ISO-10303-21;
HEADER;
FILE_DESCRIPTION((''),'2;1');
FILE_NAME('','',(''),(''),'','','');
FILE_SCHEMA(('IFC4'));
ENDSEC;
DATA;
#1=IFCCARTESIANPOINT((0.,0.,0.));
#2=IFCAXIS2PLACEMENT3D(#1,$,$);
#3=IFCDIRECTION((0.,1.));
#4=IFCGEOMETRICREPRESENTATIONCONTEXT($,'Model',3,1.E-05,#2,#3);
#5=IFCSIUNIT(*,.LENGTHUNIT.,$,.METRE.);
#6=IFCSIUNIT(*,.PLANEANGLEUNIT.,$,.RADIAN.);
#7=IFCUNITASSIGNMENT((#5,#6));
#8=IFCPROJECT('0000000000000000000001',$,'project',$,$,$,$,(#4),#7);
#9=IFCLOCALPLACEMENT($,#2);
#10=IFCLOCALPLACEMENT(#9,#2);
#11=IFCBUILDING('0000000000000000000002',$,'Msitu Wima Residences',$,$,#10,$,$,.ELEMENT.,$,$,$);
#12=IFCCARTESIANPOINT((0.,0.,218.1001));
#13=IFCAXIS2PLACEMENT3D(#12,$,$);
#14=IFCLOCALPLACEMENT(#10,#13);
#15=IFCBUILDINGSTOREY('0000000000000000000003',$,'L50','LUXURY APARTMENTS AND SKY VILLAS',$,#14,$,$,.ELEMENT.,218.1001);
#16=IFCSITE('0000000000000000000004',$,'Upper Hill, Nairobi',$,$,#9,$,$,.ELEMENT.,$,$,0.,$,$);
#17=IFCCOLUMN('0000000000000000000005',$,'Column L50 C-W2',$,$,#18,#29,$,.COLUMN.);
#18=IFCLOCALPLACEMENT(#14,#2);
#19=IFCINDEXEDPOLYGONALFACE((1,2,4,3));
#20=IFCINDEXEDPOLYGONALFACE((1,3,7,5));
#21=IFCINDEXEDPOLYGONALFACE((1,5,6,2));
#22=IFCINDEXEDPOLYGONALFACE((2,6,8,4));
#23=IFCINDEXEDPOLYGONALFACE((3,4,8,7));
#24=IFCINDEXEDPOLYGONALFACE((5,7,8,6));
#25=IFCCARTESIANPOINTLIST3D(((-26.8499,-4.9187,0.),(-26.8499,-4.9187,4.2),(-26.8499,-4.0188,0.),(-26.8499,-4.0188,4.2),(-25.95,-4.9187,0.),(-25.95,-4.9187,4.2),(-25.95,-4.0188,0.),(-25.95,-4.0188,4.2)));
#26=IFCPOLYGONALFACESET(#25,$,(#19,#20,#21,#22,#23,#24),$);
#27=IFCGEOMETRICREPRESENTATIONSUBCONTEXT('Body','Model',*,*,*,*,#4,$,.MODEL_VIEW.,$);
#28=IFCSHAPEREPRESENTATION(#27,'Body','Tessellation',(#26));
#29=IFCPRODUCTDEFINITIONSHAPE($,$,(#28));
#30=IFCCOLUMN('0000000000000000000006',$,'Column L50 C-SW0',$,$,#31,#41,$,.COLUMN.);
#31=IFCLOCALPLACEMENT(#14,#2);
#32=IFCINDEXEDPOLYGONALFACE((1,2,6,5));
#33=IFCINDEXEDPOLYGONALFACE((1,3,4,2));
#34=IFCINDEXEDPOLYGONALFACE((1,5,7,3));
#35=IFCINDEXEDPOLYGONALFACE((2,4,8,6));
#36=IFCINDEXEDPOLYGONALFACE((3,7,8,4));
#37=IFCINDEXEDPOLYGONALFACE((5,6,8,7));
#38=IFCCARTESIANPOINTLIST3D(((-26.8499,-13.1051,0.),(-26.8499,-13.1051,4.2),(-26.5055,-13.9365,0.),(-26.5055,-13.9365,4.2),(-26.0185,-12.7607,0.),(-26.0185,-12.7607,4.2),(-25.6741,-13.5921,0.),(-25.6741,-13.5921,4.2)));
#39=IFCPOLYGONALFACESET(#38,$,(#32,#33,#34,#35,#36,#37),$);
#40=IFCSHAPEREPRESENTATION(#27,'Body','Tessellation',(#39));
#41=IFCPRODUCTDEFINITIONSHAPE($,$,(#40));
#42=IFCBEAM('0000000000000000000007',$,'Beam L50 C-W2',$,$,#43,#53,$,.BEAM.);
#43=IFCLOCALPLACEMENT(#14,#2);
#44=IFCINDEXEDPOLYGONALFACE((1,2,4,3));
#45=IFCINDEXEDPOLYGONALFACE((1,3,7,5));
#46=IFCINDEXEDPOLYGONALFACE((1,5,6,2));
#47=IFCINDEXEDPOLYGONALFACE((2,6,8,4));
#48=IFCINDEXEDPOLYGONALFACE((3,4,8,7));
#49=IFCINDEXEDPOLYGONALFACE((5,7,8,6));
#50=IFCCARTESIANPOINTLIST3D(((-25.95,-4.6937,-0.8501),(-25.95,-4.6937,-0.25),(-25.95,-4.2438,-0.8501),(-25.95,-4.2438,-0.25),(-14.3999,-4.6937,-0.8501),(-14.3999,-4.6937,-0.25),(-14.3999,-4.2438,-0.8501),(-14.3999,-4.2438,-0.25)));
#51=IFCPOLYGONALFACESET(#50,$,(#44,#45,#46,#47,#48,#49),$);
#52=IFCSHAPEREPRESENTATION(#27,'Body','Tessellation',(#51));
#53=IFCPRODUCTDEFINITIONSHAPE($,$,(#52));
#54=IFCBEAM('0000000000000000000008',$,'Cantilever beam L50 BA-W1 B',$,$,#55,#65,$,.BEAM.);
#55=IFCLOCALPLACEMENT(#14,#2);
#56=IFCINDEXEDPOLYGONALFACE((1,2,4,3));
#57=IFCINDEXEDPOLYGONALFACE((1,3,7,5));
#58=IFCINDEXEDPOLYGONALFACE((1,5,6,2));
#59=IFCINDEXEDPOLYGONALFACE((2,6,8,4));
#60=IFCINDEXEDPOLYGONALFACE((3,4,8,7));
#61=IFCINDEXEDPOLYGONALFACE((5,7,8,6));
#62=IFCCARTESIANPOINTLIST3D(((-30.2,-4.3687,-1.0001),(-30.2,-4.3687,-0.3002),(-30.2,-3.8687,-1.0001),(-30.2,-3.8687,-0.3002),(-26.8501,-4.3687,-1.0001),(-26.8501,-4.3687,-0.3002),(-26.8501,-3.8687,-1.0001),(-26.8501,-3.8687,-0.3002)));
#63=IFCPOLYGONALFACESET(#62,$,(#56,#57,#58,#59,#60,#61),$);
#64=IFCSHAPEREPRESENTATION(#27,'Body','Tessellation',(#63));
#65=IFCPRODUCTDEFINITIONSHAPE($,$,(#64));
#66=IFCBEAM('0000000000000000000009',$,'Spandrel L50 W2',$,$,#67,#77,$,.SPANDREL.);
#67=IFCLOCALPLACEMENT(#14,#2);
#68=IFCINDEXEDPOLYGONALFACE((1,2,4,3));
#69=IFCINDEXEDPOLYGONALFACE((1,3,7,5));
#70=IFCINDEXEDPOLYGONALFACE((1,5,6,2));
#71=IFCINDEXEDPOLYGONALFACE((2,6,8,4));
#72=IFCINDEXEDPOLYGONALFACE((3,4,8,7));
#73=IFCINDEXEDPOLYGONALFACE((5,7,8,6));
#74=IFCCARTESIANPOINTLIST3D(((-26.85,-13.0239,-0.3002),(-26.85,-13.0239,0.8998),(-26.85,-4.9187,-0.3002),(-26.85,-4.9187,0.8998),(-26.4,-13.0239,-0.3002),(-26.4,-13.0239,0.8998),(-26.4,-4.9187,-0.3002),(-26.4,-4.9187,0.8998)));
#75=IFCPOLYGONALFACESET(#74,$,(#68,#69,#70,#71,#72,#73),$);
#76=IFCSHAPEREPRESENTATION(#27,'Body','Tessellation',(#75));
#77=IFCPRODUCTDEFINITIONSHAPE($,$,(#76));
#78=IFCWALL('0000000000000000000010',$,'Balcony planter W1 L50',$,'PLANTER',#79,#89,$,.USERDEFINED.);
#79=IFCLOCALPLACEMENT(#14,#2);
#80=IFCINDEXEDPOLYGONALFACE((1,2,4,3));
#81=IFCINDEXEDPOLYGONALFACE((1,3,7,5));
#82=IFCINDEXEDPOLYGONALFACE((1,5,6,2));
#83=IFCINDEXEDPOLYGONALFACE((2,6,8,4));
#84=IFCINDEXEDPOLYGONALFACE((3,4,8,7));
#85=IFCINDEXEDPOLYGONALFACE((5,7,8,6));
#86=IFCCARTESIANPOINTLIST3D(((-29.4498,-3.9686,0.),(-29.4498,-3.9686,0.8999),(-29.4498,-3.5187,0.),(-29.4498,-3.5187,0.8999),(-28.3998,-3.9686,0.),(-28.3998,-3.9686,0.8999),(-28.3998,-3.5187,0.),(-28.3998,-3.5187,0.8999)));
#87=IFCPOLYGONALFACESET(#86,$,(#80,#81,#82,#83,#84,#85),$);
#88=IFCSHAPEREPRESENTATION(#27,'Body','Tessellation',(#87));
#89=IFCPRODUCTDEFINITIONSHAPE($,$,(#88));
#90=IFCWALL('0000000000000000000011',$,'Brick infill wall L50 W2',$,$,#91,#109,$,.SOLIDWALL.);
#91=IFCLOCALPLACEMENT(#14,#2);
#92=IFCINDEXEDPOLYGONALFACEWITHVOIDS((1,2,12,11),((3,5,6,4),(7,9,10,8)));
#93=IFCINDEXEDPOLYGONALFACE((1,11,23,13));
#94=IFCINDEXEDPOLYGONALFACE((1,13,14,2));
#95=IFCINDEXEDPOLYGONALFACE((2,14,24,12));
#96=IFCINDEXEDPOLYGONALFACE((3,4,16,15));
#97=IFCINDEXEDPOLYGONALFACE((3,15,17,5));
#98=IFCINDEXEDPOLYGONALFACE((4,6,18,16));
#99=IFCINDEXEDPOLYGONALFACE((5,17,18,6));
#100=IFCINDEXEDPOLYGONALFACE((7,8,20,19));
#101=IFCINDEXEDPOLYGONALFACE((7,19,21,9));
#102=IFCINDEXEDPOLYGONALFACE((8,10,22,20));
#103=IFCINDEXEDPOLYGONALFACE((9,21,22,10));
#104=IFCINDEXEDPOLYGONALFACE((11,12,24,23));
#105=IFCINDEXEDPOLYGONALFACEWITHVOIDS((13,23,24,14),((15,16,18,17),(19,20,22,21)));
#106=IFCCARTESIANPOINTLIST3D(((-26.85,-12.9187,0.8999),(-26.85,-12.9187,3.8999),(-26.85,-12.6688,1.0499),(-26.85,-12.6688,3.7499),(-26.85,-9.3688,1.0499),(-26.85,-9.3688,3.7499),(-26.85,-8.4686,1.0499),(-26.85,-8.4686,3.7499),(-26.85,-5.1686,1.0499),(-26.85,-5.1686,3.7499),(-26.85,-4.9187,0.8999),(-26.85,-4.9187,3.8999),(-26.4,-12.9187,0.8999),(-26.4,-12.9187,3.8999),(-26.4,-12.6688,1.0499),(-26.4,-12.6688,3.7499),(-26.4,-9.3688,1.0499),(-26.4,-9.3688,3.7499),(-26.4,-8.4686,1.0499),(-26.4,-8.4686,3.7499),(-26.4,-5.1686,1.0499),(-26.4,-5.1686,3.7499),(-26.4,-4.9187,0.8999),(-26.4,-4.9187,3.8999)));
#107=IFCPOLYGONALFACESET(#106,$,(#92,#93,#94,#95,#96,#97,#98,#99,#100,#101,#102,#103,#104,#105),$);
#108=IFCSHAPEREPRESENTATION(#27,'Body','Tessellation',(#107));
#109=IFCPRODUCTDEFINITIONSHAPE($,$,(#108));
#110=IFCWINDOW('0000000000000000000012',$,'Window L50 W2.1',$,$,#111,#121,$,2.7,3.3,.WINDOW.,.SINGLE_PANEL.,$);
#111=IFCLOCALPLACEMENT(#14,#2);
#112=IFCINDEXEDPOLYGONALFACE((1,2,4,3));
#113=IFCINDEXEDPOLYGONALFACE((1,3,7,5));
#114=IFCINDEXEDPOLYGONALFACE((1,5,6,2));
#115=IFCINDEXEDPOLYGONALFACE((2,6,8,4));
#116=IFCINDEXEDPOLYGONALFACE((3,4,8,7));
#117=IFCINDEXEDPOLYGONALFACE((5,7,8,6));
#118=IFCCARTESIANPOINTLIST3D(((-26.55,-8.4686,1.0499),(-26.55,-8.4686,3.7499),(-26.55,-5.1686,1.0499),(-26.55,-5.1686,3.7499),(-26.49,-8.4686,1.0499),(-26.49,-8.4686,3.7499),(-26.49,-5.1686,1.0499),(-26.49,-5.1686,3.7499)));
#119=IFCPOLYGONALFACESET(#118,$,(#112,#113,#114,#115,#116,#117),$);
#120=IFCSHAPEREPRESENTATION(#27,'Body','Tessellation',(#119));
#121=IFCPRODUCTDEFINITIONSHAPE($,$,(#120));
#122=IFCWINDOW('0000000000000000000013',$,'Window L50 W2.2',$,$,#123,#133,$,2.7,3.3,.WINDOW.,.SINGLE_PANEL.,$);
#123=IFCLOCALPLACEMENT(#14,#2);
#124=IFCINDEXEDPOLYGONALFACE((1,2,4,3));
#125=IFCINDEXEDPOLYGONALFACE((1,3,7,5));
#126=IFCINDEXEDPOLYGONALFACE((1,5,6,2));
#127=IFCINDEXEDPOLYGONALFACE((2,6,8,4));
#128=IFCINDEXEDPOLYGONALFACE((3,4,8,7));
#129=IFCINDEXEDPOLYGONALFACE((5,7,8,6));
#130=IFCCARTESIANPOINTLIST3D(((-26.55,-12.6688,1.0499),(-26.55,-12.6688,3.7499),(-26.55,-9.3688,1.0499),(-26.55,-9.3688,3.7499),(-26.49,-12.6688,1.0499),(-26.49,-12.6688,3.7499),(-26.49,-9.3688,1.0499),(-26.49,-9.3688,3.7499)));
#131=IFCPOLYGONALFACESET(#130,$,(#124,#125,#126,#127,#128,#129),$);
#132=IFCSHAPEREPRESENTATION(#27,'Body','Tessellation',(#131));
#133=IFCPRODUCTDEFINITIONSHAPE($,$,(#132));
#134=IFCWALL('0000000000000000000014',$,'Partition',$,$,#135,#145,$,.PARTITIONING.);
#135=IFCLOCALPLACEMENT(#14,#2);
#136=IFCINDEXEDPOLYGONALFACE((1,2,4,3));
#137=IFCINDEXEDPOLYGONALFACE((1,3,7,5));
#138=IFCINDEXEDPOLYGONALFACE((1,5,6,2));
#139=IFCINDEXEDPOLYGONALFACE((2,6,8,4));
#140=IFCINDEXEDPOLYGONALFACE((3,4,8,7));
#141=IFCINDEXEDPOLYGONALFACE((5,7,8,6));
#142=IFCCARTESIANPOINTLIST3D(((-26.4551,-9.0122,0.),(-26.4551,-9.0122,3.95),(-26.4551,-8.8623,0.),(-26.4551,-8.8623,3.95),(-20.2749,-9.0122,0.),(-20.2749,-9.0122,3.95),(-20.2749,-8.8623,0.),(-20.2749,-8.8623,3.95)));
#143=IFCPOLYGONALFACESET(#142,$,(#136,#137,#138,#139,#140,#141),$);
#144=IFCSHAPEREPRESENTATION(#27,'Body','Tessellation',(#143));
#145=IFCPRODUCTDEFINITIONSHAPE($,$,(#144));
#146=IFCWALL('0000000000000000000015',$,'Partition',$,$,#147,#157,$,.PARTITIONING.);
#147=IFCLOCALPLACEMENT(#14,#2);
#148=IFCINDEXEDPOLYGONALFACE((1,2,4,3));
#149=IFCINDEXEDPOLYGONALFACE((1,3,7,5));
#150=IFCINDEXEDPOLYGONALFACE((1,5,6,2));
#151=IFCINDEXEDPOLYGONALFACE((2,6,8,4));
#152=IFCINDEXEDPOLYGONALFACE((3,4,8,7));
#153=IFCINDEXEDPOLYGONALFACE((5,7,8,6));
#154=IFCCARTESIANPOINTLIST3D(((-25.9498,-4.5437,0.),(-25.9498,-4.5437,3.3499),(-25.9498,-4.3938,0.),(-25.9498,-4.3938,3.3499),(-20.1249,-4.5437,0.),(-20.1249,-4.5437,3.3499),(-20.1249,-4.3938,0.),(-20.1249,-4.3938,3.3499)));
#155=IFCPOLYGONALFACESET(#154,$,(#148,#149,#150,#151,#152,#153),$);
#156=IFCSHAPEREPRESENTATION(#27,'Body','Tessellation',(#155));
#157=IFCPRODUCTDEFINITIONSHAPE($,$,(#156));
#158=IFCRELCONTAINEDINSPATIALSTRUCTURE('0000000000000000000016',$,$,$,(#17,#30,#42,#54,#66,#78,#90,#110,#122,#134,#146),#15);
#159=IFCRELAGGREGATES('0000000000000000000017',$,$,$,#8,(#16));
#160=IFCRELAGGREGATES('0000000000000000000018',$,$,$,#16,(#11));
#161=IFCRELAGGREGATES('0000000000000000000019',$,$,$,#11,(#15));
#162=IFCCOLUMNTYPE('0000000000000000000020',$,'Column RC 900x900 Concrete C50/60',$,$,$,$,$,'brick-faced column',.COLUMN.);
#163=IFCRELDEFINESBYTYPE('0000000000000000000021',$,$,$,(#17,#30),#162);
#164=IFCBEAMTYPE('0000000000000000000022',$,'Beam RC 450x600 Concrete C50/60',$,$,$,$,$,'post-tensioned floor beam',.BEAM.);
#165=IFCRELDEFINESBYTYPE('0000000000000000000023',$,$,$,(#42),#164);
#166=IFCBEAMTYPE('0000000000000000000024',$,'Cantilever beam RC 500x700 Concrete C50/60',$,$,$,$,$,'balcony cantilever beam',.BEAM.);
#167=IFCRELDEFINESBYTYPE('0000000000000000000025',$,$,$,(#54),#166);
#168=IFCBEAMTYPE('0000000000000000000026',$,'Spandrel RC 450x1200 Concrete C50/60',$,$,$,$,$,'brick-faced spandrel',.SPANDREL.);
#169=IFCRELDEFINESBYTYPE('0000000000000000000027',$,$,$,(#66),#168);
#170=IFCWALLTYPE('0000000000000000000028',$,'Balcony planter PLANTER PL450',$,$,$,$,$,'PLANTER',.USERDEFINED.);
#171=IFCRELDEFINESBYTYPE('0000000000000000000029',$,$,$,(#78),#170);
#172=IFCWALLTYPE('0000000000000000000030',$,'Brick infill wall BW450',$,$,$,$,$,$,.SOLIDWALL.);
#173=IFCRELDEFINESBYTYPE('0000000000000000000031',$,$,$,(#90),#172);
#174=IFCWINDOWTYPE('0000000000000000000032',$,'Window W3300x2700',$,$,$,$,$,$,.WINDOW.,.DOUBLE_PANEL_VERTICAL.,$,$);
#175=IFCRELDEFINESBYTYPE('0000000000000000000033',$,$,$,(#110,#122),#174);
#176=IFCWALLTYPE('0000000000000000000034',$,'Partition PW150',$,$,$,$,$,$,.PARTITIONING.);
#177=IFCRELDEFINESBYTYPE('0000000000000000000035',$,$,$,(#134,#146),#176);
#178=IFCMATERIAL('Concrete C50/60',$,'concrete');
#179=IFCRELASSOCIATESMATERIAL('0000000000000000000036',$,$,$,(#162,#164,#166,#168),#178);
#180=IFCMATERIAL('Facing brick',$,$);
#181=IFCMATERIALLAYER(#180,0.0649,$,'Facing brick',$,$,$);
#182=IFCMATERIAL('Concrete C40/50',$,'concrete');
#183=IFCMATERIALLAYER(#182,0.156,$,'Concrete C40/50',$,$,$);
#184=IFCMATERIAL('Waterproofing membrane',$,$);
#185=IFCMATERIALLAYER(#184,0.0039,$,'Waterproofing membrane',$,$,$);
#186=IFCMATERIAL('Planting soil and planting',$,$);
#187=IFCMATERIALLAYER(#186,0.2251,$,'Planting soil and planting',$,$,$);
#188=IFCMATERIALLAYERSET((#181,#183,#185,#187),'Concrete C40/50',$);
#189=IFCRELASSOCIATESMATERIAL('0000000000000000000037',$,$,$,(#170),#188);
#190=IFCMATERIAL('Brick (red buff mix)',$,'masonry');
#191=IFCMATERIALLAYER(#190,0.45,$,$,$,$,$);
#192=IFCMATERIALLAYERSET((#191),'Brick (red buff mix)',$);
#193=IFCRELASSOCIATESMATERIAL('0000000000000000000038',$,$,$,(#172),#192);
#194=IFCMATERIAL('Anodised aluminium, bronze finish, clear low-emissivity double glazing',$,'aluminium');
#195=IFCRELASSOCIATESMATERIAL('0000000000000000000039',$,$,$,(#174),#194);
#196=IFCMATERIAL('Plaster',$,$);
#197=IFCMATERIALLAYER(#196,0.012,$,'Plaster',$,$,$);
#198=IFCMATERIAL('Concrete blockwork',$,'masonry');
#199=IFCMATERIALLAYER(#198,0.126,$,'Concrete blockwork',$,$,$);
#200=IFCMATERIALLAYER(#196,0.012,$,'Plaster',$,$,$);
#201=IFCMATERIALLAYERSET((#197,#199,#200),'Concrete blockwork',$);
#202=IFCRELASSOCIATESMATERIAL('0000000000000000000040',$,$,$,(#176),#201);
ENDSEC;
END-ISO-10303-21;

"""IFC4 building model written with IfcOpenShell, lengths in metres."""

from ifc_helpers import new_model, si_unit, direction, frame, frame_2d, origin, origin_2d, place, context, subcontext, project, spatial, rectangle, extrude, material, layer, layer_set, material_profile, profile_set, type_object, element, fill, save


model = new_model("IFC4")

# Units and contexts
model_context = context("Model", 3, precision=1e-05, world=origin(), true_north=direction((0.0, 1.0)))
body_context = subcontext(model_context, "Body", "Model", "MODEL_VIEW")
ifc_project = project(units=[si_unit("LENGTHUNIT", "METRE"), si_unit("PLANEANGLEUNIT", "RADIAN")], contexts=[model_context])

# Site, building, storey
site_placement = place(None, origin())
site = spatial("IfcSite", under=ifc_project, at=site_placement, Name="Upper Hill, Nairobi", CompositionType="ELEMENT", RefElevation=0.0)
building_placement = place(site_placement, origin())
building = spatial("IfcBuilding", under=site, at=building_placement, Name="Msitu Wima Residences", CompositionType="ELEMENT")
storey_placement = place(building_placement, frame((0.0, 0.0, 218.1001)))
storey = spatial("IfcBuildingStorey", under=building, at=storey_placement, Name="L50", Description="LUXURY APARTMENTS AND SKY VILLAS", CompositionType="ELEMENT", Elevation=218.1001)

# Columns
ifc_material_1 = material(Name="Concrete C50/60", Category="concrete")
ifc_material_profile_1 = material_profile(ifc_material_1, rectangle(XDim=0.8999, YDim=0.8999, at=origin_2d()), Name="RC 900x900")
ifc_profile_set_1 = profile_set([ifc_material_profile_1], Name="Concrete C50/60")
column_type = type_object("IfcColumnType", Name="Column RC 900x900 Concrete C50/60", ElementType="brick-faced column", PredefinedType="COLUMN", material=ifc_profile_set_1)
for number, where, z_axis, x_axis, name in (
    (1, (-26.3999, -4.4688, 0.0), (0.0, 0.0, 1.0), (0.0, -1.0, 0.0), "Column L50 C-W2"),
    (2, (-26.262, -13.3486, 0.0), (0.0, 0.0, 1.0), (0.382683, -0.92388, 0.0), "Column L50 C-SW0"),
):
    element("IfcColumn", number, at=place(storey_placement, frame(where, z_axis=z_axis, x_axis=x_axis)), inside=storey, type_object=column_type, Name=name, PredefinedType="COLUMN", context=body_context, shape_type="SweptSolid", body=[
        extrude(rectangle(XDim=0.8999, YDim=0.8999, at=origin_2d()), origin(), (0.0, 0.0, 1.0), 4.2),
    ])

# Beams
ifc_material_profile_2 = material_profile(ifc_material_1, rectangle(XDim=0.45, YDim=0.6001, at=origin_2d()), Name="RC 450x600")
ifc_profile_set_2 = profile_set([ifc_material_profile_2], Name="Concrete C50/60")
beam_type_1 = type_object("IfcBeamType", Name="Beam RC 450x600 Concrete C50/60", ElementType="post-tensioned floor beam", PredefinedType="BEAM", material=ifc_profile_set_2)
beam_1_placement = place(storey_placement, frame((-25.95, -4.4688, -0.55), z_axis=(1.0, 0.0, 0.0), x_axis=(0.0, 1.0, 0.0)))
element("IfcBeam", 3, at=beam_1_placement, inside=storey, type_object=beam_type_1, Name="Beam L50 C-W2", PredefinedType="BEAM", context=body_context, shape_type="SweptSolid", body=[
    extrude(rectangle(XDim=0.45, YDim=0.6001, at=origin_2d()), origin(), (0.0, 0.0, 1.0), 11.55),
])
ifc_material_profile_3 = material_profile(ifc_material_1, rectangle(XDim=0.5, YDim=0.7, at=origin_2d()), Name="RC 500x700")
ifc_profile_set_3 = profile_set([ifc_material_profile_3], Name="Concrete C50/60")
beam_type_2 = type_object("IfcBeamType", Name="Cantilever beam RC 500x700 Concrete C50/60", ElementType="balcony cantilever beam", PredefinedType="BEAM", material=ifc_profile_set_3)
beam_2_placement = place(storey_placement, frame((-26.8501, -4.1187, -0.6501), z_axis=(-1.0, 0.0, 0.0), x_axis=(0.0, -1.0, 0.0)))
element("IfcBeam", 4, at=beam_2_placement, inside=storey, type_object=beam_type_2, Name="Cantilever beam L50 BA-W1 B", PredefinedType="BEAM", context=body_context, shape_type="SweptSolid", body=[
    extrude(rectangle(XDim=0.5, YDim=0.7, at=origin_2d()), origin(), (0.0, 0.0, 1.0), 3.3499),
])
ifc_material_profile_4 = material_profile(ifc_material_1, rectangle(XDim=0.45, YDim=1.2, at=origin_2d()), Name="RC 450x1200")
ifc_profile_set_4 = profile_set([ifc_material_profile_4], Name="Concrete C50/60")
beam_type_3 = type_object("IfcBeamType", Name="Spandrel RC 450x1200 Concrete C50/60", ElementType="brick-faced spandrel", PredefinedType="SPANDREL", material=ifc_profile_set_4)
beam_3_placement = place(storey_placement, frame((-26.625, -4.9187, 0.2998), z_axis=(0.0, -1.0, 0.0), x_axis=(1.0, 0.0, 0.0)))
element("IfcBeam", 5, at=beam_3_placement, inside=storey, type_object=beam_type_3, Name="Spandrel L50 W2", PredefinedType="SPANDREL", context=body_context, shape_type="SweptSolid", body=[
    extrude(rectangle(XDim=0.45, YDim=1.2, at=origin_2d()), origin(), (0.0, 0.0, 1.0), 8.1052),
])

# Wall
ifc_material_2 = material(Name="Facing brick")
ifc_layer_1 = layer(ifc_material_2, 0.0649, Name="Facing brick")
ifc_material_3 = material(Name="Concrete C40/50", Category="concrete")
ifc_layer_2 = layer(ifc_material_3, 0.156, Name="Concrete C40/50")
ifc_material_4 = material(Name="Waterproofing membrane")
ifc_layer_3 = layer(ifc_material_4, 0.0039, Name="Waterproofing membrane")
ifc_material_5 = material(Name="Planting soil and planting")
ifc_layer_4 = layer(ifc_material_5, 0.2251, Name="Planting soil and planting")
ifc_layer_set_1 = layer_set([ifc_layer_1, ifc_layer_2, ifc_layer_3, ifc_layer_4], Name="Concrete C40/50")
wall_type_1 = type_object("IfcWallType", Name="Balcony planter PLANTER PL450", ElementType="PLANTER", PredefinedType="USERDEFINED", material=ifc_layer_set_1)
wall_1_placement = place(storey_placement, frame((-28.3999, -3.7437, 0.0), z_axis=(0.0, 0.0, 1.0), x_axis=(-1.0, 0.0, 0.0)))
element("IfcWall", 6, at=wall_1_placement, inside=storey, type_object=wall_type_1, Name="Balcony planter W1 L50", ObjectType="PLANTER", PredefinedType="USERDEFINED", context=body_context, shape_type="SweptSolid", body=[
    extrude(rectangle(XDim=1.05, YDim=0.45, at=frame_2d((0.5249, 0.0))), origin(), (0.0, 0.0, 1.0), 0.8999),
])

# Wall, openings, windows
ifc_material_6 = material(Name="Brick (red buff mix)", Category="masonry")
ifc_layer_5 = layer(ifc_material_6, 0.45)
ifc_layer_set_2 = layer_set([ifc_layer_5], Name="Brick (red buff mix)")
wall_type_2 = type_object("IfcWallType", Name="Brick infill wall BW450", PredefinedType="SOLIDWALL", material=ifc_layer_set_2)
wall_2_placement = place(storey_placement, frame((-26.625, -4.9187, 0.8999), z_axis=(0.0, 0.0, 1.0), x_axis=(0.0, -1.0, 0.0)))
wall_2 = element("IfcWall", 7, at=wall_2_placement, inside=storey, type_object=wall_type_2, Name="Brick infill wall L50 W2", PredefinedType="SOLIDWALL", context=body_context, shape_type="SweptSolid", body=[
    extrude(rectangle(XDim=8.0, YDim=0.45, at=frame_2d((4.0, 0.0))), origin(), (0.0, 0.0, 1.0), 3.0),
])
opening_1_placement = place(wall_2_placement, frame((0.25, 0.0, 0.1499)))
opening_1 = element("IfcOpeningElement", 8, at=opening_1_placement, cuts=wall_2, PredefinedType="OPENING", context=body_context, shape_type="SweptSolid", body=[
    extrude(rectangle(XDim=3.3, YDim=2.7, at=frame_2d((1.6499, 1.3501))), frame((0.0, 0.2349, 0.0), z_axis=(0.0, -1.0, 0.0), x_axis=(1.0, 0.0, 0.0)), (0.0, 0.0, 1.0), 0.47),
])
opening_2_placement = place(wall_2_placement, frame((4.4502, 0.0, 0.1499)))
opening_2 = element("IfcOpeningElement", 9, at=opening_2_placement, cuts=wall_2, PredefinedType="OPENING", context=body_context, shape_type="SweptSolid", body=[
    extrude(rectangle(XDim=3.3, YDim=2.7, at=frame_2d((1.6499, 1.3501))), frame((0.0, 0.2349, 0.0), z_axis=(0.0, -1.0, 0.0), x_axis=(1.0, 0.0, 0.0)), (0.0, 0.0, 1.0), 0.47),
])
ifc_material_7 = material(Name="Anodised aluminium, bronze finish, clear low-emissivity double glazing", Category="aluminium")
window_type = type_object("IfcWindowType", Name="Window W3300x2700", PartitioningType="DOUBLE_PANEL_VERTICAL", PredefinedType="WINDOW", material=ifc_material_7)
window_1_placement = place(opening_1_placement, origin())
window_1 = element("IfcWindow", 10, at=window_1_placement, inside=storey, type_object=window_type, Name="Window L50 W2.1", OverallHeight=2.7, OverallWidth=3.3, PartitioningType="SINGLE_PANEL", PredefinedType="WINDOW", context=body_context, shape_type="SweptSolid", body=[
    extrude(rectangle(XDim=3.3, YDim=2.7, at=frame_2d((1.6499, 1.3501))), frame((0.0, 0.135, 0.0), z_axis=(0.0, -1.0, 0.0), x_axis=(1.0, 0.0, 0.0)), (0.0, 0.0, 1.0), 0.0601),
])
fill(opening_1, window_1)
window_2_placement = place(opening_2_placement, origin())
window_2 = element("IfcWindow", 11, at=window_2_placement, inside=storey, type_object=window_type, Name="Window L50 W2.2", OverallHeight=2.7, OverallWidth=3.3, PartitioningType="SINGLE_PANEL", PredefinedType="WINDOW", context=body_context, shape_type="SweptSolid", body=[
    extrude(rectangle(XDim=3.3, YDim=2.7, at=frame_2d((1.6499, 1.3501))), frame((0.0, 0.135, 0.0), z_axis=(0.0, -1.0, 0.0), x_axis=(1.0, 0.0, 0.0)), (0.0, 0.0, 1.0), 0.0601),
])
fill(opening_2, window_2)

# Walls
ifc_material_8 = material(Name="Plaster")
ifc_layer_6 = layer(ifc_material_8, 0.012, Name="Plaster")
ifc_material_9 = material(Name="Concrete blockwork", Category="masonry")
ifc_layer_7 = layer(ifc_material_9, 0.126, Name="Concrete blockwork")
ifc_layer_8 = layer(ifc_material_8, 0.012, Name="Plaster")
ifc_layer_set_3 = layer_set([ifc_layer_6, ifc_layer_7, ifc_layer_8], Name="Concrete blockwork")
wall_type_3 = type_object("IfcWallType", Name="Partition PW150", PredefinedType="PARTITIONING", material=ifc_layer_set_3)
wall_3_placement = place(storey_placement, frame((-26.4551, -8.9373, 0.0), z_axis=(0.0, 0.0, 1.0), x_axis=(1.0, 0.0, 0.0)))
element("IfcWall", 12, at=wall_3_placement, inside=storey, type_object=wall_type_3, Name="Partition", PredefinedType="PARTITIONING", context=body_context, shape_type="SweptSolid", body=[
    extrude(rectangle(XDim=6.1802, YDim=0.1499, at=frame_2d((3.0901, 0.0))), origin(), (0.0, 0.0, 1.0), 3.95),
])
wall_4_placement = place(storey_placement, frame((-25.95, -4.4688, 0.0), z_axis=(0.0, 0.0, 1.0), x_axis=(1.0, 0.0, 0.0)))
element("IfcWall", 13, at=wall_4_placement, inside=storey, type_object=wall_type_3, Name="Partition", PredefinedType="PARTITIONING", context=body_context, shape_type="SweptSolid", body=[
    extrude(rectangle(XDim=5.825, YDim=0.1499, at=frame_2d((2.9126, 0.0))), origin(), (0.0, 0.0, 1.0), 3.3499),
])

save(model, "model.ifc")
